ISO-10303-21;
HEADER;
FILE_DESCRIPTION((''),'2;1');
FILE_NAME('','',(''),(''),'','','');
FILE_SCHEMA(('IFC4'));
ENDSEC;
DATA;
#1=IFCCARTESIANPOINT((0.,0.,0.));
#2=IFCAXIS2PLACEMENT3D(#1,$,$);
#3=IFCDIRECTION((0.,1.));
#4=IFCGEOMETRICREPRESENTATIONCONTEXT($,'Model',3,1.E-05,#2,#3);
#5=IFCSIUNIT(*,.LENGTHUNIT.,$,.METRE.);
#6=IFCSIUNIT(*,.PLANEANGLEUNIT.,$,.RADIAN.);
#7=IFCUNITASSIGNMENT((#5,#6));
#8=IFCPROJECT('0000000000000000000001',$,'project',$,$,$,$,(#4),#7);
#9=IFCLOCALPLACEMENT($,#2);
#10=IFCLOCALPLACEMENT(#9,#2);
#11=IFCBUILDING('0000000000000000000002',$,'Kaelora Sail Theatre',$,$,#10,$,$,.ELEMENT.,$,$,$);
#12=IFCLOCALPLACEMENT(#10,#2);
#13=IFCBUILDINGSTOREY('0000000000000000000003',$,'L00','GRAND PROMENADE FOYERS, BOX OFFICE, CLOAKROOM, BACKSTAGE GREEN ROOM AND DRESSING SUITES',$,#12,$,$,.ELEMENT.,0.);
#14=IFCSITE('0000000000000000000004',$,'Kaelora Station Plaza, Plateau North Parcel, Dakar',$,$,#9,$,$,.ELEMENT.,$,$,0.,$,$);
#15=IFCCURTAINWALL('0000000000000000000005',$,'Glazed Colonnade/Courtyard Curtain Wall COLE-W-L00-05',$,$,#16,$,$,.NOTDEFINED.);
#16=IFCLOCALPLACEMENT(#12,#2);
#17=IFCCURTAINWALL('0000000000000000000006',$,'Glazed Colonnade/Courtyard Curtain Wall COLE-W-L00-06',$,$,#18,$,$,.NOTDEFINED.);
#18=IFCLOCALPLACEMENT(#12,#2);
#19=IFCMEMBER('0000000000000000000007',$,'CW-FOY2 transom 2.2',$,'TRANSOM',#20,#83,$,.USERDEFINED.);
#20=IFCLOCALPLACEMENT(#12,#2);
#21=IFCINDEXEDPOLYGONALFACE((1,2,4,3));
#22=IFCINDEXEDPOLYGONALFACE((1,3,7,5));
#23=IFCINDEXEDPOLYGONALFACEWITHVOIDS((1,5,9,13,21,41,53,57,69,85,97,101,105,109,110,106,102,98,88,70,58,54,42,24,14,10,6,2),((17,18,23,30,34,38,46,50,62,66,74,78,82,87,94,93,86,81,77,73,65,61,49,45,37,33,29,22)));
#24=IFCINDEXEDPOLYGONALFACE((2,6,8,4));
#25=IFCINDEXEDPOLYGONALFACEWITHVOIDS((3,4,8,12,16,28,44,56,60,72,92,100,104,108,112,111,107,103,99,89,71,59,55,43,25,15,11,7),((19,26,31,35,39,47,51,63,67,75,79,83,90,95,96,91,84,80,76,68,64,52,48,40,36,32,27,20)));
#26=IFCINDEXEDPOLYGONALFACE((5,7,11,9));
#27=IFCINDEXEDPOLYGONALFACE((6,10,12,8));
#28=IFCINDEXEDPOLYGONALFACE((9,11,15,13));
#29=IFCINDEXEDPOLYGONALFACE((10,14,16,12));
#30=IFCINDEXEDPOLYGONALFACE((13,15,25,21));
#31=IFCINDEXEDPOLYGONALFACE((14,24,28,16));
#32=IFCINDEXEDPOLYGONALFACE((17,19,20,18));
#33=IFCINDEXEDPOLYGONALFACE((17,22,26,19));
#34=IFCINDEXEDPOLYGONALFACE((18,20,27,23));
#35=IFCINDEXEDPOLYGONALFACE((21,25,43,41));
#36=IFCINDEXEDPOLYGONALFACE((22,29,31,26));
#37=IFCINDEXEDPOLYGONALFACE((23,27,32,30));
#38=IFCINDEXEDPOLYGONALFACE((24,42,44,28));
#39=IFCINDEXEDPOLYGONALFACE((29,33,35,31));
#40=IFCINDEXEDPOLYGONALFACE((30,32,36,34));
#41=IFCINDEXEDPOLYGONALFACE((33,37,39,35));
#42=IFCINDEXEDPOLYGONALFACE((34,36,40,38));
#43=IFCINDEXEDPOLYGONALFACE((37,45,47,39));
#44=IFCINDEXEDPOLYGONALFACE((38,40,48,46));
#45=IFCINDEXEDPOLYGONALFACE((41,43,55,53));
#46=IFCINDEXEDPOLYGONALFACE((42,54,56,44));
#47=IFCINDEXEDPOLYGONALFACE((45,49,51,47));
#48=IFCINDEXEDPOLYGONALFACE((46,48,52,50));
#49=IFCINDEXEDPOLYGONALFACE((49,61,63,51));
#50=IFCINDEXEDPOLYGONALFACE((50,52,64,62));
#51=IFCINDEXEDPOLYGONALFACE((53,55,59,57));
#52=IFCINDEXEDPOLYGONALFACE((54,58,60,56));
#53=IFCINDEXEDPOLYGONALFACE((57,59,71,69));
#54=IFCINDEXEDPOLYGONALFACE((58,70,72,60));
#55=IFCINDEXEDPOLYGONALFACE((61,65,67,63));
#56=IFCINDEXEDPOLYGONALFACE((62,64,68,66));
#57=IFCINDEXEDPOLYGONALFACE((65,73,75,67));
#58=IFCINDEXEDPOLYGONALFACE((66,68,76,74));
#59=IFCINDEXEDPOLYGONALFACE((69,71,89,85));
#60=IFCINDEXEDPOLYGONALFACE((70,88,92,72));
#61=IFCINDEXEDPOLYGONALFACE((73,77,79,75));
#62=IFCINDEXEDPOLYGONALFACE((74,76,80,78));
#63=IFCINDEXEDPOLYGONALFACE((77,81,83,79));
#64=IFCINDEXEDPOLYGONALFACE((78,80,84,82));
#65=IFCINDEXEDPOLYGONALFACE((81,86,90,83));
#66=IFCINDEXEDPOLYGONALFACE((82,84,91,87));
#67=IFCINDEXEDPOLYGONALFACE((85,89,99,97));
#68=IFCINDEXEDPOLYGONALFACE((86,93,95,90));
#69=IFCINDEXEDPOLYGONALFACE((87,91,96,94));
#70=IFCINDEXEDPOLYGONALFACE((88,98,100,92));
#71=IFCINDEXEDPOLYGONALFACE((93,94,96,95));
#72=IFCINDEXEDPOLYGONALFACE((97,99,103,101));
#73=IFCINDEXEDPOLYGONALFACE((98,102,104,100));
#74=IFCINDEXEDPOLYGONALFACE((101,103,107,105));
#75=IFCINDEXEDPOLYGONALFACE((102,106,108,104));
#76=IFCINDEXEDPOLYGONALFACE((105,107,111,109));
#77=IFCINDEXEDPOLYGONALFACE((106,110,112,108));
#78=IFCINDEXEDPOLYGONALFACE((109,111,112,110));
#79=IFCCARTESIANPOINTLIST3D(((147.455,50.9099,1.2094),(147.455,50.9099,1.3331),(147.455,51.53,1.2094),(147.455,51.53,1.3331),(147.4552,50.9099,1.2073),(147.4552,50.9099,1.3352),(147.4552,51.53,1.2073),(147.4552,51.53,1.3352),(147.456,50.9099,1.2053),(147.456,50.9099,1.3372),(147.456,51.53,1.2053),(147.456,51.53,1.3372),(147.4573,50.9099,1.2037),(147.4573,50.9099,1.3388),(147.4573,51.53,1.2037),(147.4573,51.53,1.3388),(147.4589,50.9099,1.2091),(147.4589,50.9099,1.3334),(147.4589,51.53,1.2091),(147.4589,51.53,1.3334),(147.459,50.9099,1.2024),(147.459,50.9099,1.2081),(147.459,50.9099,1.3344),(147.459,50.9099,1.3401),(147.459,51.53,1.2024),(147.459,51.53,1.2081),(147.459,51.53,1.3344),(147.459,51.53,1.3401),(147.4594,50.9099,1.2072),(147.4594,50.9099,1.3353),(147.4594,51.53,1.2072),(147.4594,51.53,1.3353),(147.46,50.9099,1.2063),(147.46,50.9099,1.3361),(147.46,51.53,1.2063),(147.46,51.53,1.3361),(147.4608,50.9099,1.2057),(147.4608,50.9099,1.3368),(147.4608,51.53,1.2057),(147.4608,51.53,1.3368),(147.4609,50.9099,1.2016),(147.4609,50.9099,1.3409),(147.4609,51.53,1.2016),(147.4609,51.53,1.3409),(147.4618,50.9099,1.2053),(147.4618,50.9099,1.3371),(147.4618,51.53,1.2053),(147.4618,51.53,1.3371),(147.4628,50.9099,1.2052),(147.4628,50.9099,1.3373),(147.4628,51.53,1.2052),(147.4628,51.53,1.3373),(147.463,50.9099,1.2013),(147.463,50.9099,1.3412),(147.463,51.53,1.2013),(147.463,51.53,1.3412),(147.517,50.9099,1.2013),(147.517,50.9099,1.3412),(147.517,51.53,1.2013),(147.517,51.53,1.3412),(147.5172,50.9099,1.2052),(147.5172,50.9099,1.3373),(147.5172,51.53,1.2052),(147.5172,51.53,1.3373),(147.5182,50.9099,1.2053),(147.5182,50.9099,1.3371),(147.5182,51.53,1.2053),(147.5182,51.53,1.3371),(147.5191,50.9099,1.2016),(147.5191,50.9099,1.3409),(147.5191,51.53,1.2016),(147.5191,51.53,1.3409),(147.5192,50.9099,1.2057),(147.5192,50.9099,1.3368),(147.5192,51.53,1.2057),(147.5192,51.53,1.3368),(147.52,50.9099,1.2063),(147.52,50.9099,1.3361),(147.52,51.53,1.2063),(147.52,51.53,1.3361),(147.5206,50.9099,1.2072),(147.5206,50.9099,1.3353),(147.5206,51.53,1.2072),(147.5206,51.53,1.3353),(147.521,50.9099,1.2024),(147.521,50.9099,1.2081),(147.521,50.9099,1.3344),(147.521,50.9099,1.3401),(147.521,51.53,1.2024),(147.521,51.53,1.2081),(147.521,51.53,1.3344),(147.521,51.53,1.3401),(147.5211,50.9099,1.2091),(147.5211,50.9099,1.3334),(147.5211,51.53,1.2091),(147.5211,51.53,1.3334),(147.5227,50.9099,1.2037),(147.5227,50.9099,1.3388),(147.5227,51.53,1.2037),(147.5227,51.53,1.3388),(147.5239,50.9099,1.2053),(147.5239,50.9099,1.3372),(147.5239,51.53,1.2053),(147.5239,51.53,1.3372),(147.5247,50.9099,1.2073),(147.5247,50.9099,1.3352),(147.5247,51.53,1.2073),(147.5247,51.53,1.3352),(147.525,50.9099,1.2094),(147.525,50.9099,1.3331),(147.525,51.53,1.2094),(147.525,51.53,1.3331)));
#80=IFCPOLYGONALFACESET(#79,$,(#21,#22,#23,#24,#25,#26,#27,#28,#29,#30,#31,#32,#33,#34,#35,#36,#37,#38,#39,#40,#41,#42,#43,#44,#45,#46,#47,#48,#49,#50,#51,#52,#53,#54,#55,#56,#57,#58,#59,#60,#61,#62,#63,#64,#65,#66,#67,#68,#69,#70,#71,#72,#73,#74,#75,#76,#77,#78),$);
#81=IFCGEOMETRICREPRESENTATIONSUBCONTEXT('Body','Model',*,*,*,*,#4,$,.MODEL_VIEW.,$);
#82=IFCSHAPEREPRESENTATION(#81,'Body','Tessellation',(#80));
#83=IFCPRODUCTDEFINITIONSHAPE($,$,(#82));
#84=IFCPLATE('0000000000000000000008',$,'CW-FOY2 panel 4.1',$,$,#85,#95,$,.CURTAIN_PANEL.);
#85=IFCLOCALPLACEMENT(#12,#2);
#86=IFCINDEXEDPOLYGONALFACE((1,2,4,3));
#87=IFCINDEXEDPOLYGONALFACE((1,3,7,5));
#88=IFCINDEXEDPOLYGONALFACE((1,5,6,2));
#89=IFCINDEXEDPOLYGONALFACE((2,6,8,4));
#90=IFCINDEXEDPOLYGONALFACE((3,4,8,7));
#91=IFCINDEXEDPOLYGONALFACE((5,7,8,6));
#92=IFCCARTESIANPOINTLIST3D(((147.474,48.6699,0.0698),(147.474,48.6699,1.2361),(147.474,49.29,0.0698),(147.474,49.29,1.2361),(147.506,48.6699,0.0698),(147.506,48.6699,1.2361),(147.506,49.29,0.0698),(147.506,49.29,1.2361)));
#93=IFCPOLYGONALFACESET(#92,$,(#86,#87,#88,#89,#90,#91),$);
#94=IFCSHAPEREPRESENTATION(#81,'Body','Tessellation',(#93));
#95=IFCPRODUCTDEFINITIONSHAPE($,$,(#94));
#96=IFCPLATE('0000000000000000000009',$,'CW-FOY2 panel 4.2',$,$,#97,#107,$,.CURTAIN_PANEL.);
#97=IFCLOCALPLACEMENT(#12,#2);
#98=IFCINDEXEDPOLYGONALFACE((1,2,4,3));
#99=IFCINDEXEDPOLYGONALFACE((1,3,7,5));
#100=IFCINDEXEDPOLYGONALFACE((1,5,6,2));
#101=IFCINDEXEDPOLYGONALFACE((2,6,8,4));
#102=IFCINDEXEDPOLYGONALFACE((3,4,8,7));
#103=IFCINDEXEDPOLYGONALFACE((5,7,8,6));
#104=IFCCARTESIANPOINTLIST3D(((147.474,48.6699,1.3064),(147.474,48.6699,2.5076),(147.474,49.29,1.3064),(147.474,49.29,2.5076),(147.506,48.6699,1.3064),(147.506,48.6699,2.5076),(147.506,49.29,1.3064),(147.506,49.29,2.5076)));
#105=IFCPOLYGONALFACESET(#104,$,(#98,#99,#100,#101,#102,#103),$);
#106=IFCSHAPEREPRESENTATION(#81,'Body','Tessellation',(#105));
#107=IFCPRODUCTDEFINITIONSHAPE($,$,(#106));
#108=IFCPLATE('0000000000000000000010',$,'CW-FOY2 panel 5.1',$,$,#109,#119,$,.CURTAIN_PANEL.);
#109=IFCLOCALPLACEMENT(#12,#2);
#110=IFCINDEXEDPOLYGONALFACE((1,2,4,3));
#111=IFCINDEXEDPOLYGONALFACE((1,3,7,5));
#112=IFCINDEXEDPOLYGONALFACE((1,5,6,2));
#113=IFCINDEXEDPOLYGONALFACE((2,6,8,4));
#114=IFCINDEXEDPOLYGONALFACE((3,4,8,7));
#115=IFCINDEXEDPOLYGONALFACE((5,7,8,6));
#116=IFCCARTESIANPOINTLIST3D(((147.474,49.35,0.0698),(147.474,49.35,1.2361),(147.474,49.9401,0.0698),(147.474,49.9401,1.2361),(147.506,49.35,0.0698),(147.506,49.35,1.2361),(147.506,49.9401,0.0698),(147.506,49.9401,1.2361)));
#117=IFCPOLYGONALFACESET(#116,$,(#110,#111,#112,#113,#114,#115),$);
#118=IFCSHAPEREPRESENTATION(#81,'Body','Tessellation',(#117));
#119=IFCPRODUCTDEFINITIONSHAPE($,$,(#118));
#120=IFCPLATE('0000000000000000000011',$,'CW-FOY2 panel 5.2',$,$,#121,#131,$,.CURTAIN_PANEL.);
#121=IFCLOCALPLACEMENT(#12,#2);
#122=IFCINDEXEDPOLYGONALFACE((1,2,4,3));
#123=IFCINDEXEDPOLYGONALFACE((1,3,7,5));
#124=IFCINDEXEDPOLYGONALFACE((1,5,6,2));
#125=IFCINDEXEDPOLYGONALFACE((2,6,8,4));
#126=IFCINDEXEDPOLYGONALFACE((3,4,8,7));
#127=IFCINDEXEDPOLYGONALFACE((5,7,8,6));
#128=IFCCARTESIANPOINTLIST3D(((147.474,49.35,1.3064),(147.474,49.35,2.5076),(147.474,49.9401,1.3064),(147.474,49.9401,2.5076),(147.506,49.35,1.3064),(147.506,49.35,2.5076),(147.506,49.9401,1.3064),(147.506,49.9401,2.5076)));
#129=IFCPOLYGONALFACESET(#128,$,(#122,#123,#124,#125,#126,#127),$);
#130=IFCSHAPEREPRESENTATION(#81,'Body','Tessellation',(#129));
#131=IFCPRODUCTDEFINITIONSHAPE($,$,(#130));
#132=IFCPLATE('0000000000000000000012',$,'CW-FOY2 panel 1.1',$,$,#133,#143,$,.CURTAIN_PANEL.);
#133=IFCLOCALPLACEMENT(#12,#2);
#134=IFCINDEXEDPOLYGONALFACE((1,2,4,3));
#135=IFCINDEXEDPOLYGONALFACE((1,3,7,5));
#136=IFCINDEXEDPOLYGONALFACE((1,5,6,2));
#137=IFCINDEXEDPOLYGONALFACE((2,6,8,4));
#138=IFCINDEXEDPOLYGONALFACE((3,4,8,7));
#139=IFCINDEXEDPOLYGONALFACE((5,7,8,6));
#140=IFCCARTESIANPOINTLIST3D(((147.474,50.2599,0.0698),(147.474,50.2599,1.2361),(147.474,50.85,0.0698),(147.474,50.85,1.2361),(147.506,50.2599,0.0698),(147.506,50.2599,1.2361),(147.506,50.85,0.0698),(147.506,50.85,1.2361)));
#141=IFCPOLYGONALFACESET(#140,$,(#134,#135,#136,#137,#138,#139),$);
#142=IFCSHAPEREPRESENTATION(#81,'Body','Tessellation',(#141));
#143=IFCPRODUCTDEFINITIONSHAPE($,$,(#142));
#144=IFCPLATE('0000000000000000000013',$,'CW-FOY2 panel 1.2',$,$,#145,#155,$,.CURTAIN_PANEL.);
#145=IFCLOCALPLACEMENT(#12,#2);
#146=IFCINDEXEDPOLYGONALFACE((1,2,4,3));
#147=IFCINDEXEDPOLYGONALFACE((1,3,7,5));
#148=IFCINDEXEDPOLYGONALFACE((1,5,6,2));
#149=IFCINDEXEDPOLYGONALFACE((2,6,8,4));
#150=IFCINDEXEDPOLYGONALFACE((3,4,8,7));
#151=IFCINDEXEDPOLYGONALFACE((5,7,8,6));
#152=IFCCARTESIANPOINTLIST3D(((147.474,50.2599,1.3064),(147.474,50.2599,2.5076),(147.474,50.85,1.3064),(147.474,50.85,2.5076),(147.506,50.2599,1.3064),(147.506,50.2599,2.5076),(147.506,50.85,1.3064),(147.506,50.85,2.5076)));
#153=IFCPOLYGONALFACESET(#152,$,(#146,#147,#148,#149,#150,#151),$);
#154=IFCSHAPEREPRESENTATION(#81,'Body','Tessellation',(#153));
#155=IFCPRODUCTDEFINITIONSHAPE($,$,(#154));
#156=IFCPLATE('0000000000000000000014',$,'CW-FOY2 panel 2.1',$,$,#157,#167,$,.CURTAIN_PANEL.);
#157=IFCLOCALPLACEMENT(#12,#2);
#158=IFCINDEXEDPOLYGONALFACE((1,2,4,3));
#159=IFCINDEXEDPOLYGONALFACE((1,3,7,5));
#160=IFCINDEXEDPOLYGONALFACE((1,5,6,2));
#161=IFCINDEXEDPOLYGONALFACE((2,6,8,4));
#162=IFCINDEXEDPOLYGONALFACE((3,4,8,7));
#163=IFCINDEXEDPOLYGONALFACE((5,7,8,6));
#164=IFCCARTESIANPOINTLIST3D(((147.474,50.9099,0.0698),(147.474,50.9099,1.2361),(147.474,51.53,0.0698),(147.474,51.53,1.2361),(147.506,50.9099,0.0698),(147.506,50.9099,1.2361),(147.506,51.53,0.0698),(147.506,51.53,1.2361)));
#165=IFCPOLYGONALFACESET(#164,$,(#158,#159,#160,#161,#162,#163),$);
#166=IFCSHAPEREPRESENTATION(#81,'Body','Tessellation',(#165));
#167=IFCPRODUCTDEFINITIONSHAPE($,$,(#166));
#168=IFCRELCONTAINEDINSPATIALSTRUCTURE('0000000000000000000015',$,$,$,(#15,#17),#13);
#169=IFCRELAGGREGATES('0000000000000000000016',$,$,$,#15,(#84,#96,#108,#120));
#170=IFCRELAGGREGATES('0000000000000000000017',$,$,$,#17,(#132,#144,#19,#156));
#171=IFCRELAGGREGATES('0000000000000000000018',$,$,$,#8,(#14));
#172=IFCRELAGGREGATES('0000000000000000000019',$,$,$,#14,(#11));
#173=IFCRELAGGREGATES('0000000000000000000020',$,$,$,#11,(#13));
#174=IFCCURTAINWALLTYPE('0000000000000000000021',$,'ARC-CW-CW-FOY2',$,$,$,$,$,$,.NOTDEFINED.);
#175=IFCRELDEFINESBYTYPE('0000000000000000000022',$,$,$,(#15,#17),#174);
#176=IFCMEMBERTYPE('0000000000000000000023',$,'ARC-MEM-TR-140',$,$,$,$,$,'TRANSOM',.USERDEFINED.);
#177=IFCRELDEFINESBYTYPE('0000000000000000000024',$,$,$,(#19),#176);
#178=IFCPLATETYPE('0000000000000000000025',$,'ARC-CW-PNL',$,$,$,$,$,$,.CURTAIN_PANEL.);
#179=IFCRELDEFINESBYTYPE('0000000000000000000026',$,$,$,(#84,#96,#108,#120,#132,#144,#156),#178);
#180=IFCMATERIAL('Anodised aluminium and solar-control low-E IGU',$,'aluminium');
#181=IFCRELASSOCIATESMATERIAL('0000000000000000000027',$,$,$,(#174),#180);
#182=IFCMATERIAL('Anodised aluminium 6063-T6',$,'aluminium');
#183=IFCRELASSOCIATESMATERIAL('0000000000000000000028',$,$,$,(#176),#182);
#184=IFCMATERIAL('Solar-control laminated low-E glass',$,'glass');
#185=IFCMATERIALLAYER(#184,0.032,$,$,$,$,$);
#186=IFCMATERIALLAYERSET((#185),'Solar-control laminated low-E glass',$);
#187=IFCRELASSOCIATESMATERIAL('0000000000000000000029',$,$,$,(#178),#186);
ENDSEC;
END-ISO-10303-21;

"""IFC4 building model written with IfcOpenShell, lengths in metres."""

from ifc_helpers import new_model, si_unit, direction, frame, origin, origin_2d, place, context, subcontext, project, spatial, rectangle, hollow_rectangle, extrude, material, layer, layer_set, material_profile, profile_set, type_object, element, aggregate, save


model = new_model("IFC4")

# Units and contexts
model_context = context("Model", 3, precision=1e-05, world=origin(), true_north=direction((0.0, 1.0)))
body_context = subcontext(model_context, "Body", "Model", "MODEL_VIEW")
ifc_project = project(units=[si_unit("LENGTHUNIT", "METRE"), si_unit("PLANEANGLEUNIT", "RADIAN")], contexts=[model_context])

# Site, building, storey
site_placement = place(None, origin())
site = spatial("IfcSite", under=ifc_project, at=site_placement, Name="Kaelora Station Plaza, Plateau North Parcel, Dakar", CompositionType="ELEMENT", RefElevation=0.0)
building_placement = place(site_placement, origin())
building = spatial("IfcBuilding", under=site, at=building_placement, Name="Kaelora Sail Theatre", CompositionType="ELEMENT")
storey_placement = place(building_placement, origin())
storey = spatial("IfcBuildingStorey", under=building, at=storey_placement, Name="L00", Description="GRAND PROMENADE FOYERS, BOX OFFICE, CLOAKROOM, BACKSTAGE GREEN ROOM AND DRESSING SUITES", CompositionType="ELEMENT", Elevation=0.0)

# Curtain walls
ifc_material_1 = material(Name="Anodised aluminium and solar-control low-E IGU", Category="aluminium")
curtain_wall_type = type_object("IfcCurtainWallType", Name="ARC-CW-CW-FOY2", PredefinedType="NOTDEFINED", material=ifc_material_1)
curtain_wall_1_placement = place(storey_placement, origin())
curtain_wall_1 = element("IfcCurtainWall", 1, at=curtain_wall_1_placement, inside=storey, type_object=curtain_wall_type, Name="Glazed Colonnade/Courtyard Curtain Wall COLE-W-L00-05", PredefinedType="NOTDEFINED")
curtain_wall_2_placement = place(storey_placement, origin())
curtain_wall_2 = element("IfcCurtainWall", 2, at=curtain_wall_2_placement, inside=storey, type_object=curtain_wall_type, Name="Glazed Colonnade/Courtyard Curtain Wall COLE-W-L00-06", PredefinedType="NOTDEFINED")

# Member
ifc_material_2 = material(Name="Anodised aluminium 6063-T6", Category="aluminium")
ifc_material_profile_1 = material_profile(ifc_material_2, hollow_rectangle(XDim=0.0701, YDim=0.1399, WallThickness=0.0039, InnerFilletRadius=0.0039, OuterFilletRadius=0.0081, at=origin_2d()), Name="ALU-TRAN 70x140x4")
ifc_profile_set_1 = profile_set([ifc_material_profile_1], Name="Anodised aluminium 6063-T6")
member_type_1 = type_object("IfcMemberType", Name="ARC-MEM-TR-140", ElementType="TRANSOM", PredefinedType="USERDEFINED", material=ifc_profile_set_1)
member_1_placement = place(storey_placement, frame((147.49, 50.9099, 1.2712), z_axis=(0.0, 1.0, 0.0), x_axis=(-1.0, 0.0, 0.0)))
member_1 = element("IfcMember", 3, at=member_1_placement, type_object=member_type_1, Name="CW-FOY2 transom 2.2", ObjectType="TRANSOM", PredefinedType="USERDEFINED", context=body_context, shape_type="SweptSolid", body=[
    extrude(hollow_rectangle(XDim=0.0701, YDim=0.1399, WallThickness=0.0039, InnerFilletRadius=0.0039, OuterFilletRadius=0.0081, at=origin_2d()), origin(), (0.0, 0.0, 1.0), 0.6201),
])

# Plates
ifc_material_3 = material(Name="Solar-control laminated low-E glass", Category="glass")
ifc_layer = layer(ifc_material_3, 0.032)
ifc_layer_set = layer_set([ifc_layer], Name="Solar-control laminated low-E glass")
plate_type = type_object("IfcPlateType", Name="ARC-CW-PNL", PredefinedType="CURTAIN_PANEL", material=ifc_layer_set)
plate_1_placement = place(storey_placement, frame((147.49, 48.98, 0.0698), z_axis=(0.0, 0.0, 1.0), x_axis=(0.0, 1.0, 0.0)))
plate_1 = element("IfcPlate", 4, at=plate_1_placement, type_object=plate_type, Name="CW-FOY2 panel 4.1", PredefinedType="CURTAIN_PANEL", context=body_context, shape_type="SweptSolid", body=[
    extrude(rectangle(XDim=0.6201, YDim=0.032, at=origin_2d()), origin(), (0.0, 0.0, 1.0), 1.1663),
])
plate_2_placement = place(storey_placement, frame((147.49, 48.98, 1.3064), z_axis=(0.0, 0.0, 1.0), x_axis=(0.0, 1.0, 0.0)))
plate_2 = element("IfcPlate", 5, at=plate_2_placement, type_object=plate_type, Name="CW-FOY2 panel 4.2", PredefinedType="CURTAIN_PANEL", context=body_context, shape_type="SweptSolid", body=[
    extrude(rectangle(XDim=0.6201, YDim=0.032, at=origin_2d()), origin(), (0.0, 0.0, 1.0), 1.2012),
])
plate_3_placement = place(storey_placement, frame((147.49, 49.645, 0.0698), z_axis=(0.0, 0.0, 1.0), x_axis=(0.0, 1.0, 0.0)))
plate_3 = element("IfcPlate", 6, at=plate_3_placement, type_object=plate_type, Name="CW-FOY2 panel 5.1", PredefinedType="CURTAIN_PANEL", context=body_context, shape_type="SweptSolid", body=[
    extrude(rectangle(XDim=0.5901, YDim=0.032, at=origin_2d()), origin(), (0.0, 0.0, 1.0), 1.1663),
])
plate_4_placement = place(storey_placement, frame((147.49, 49.645, 1.3064), z_axis=(0.0, 0.0, 1.0), x_axis=(0.0, 1.0, 0.0)))
plate_4 = element("IfcPlate", 7, at=plate_4_placement, type_object=plate_type, Name="CW-FOY2 panel 5.2", PredefinedType="CURTAIN_PANEL", context=body_context, shape_type="SweptSolid", body=[
    extrude(rectangle(XDim=0.5901, YDim=0.032, at=origin_2d()), origin(), (0.0, 0.0, 1.0), 1.2012),
])
aggregate(curtain_wall_1, [plate_1, plate_2, plate_3, plate_4])
plate_5_placement = place(storey_placement, frame((147.49, 50.5549, 0.0698), z_axis=(0.0, 0.0, 1.0), x_axis=(0.0, 1.0, 0.0)))
plate_5 = element("IfcPlate", 8, at=plate_5_placement, type_object=plate_type, Name="CW-FOY2 panel 1.1", PredefinedType="CURTAIN_PANEL", context=body_context, shape_type="SweptSolid", body=[
    extrude(rectangle(XDim=0.5901, YDim=0.032, at=origin_2d()), origin(), (0.0, 0.0, 1.0), 1.1663),
])
plate_6_placement = place(storey_placement, frame((147.49, 50.5549, 1.3064), z_axis=(0.0, 0.0, 1.0), x_axis=(0.0, 1.0, 0.0)))
plate_6 = element("IfcPlate", 9, at=plate_6_placement, type_object=plate_type, Name="CW-FOY2 panel 1.2", PredefinedType="CURTAIN_PANEL", context=body_context, shape_type="SweptSolid", body=[
    extrude(rectangle(XDim=0.5901, YDim=0.032, at=origin_2d()), origin(), (0.0, 0.0, 1.0), 1.2012),
])
plate_7_placement = place(storey_placement, frame((147.49, 51.22, 0.0698), z_axis=(0.0, 0.0, 1.0), x_axis=(0.0, 1.0, 0.0)))
plate_7 = element("IfcPlate", 10, at=plate_7_placement, type_object=plate_type, Name="CW-FOY2 panel 2.1", PredefinedType="CURTAIN_PANEL", context=body_context, shape_type="SweptSolid", body=[
    extrude(rectangle(XDim=0.6201, YDim=0.032, at=origin_2d()), origin(), (0.0, 0.0, 1.0), 1.1663),
])
aggregate(curtain_wall_2, [plate_5, plate_6, member_1, plate_7])

save(model, "model.ifc")
